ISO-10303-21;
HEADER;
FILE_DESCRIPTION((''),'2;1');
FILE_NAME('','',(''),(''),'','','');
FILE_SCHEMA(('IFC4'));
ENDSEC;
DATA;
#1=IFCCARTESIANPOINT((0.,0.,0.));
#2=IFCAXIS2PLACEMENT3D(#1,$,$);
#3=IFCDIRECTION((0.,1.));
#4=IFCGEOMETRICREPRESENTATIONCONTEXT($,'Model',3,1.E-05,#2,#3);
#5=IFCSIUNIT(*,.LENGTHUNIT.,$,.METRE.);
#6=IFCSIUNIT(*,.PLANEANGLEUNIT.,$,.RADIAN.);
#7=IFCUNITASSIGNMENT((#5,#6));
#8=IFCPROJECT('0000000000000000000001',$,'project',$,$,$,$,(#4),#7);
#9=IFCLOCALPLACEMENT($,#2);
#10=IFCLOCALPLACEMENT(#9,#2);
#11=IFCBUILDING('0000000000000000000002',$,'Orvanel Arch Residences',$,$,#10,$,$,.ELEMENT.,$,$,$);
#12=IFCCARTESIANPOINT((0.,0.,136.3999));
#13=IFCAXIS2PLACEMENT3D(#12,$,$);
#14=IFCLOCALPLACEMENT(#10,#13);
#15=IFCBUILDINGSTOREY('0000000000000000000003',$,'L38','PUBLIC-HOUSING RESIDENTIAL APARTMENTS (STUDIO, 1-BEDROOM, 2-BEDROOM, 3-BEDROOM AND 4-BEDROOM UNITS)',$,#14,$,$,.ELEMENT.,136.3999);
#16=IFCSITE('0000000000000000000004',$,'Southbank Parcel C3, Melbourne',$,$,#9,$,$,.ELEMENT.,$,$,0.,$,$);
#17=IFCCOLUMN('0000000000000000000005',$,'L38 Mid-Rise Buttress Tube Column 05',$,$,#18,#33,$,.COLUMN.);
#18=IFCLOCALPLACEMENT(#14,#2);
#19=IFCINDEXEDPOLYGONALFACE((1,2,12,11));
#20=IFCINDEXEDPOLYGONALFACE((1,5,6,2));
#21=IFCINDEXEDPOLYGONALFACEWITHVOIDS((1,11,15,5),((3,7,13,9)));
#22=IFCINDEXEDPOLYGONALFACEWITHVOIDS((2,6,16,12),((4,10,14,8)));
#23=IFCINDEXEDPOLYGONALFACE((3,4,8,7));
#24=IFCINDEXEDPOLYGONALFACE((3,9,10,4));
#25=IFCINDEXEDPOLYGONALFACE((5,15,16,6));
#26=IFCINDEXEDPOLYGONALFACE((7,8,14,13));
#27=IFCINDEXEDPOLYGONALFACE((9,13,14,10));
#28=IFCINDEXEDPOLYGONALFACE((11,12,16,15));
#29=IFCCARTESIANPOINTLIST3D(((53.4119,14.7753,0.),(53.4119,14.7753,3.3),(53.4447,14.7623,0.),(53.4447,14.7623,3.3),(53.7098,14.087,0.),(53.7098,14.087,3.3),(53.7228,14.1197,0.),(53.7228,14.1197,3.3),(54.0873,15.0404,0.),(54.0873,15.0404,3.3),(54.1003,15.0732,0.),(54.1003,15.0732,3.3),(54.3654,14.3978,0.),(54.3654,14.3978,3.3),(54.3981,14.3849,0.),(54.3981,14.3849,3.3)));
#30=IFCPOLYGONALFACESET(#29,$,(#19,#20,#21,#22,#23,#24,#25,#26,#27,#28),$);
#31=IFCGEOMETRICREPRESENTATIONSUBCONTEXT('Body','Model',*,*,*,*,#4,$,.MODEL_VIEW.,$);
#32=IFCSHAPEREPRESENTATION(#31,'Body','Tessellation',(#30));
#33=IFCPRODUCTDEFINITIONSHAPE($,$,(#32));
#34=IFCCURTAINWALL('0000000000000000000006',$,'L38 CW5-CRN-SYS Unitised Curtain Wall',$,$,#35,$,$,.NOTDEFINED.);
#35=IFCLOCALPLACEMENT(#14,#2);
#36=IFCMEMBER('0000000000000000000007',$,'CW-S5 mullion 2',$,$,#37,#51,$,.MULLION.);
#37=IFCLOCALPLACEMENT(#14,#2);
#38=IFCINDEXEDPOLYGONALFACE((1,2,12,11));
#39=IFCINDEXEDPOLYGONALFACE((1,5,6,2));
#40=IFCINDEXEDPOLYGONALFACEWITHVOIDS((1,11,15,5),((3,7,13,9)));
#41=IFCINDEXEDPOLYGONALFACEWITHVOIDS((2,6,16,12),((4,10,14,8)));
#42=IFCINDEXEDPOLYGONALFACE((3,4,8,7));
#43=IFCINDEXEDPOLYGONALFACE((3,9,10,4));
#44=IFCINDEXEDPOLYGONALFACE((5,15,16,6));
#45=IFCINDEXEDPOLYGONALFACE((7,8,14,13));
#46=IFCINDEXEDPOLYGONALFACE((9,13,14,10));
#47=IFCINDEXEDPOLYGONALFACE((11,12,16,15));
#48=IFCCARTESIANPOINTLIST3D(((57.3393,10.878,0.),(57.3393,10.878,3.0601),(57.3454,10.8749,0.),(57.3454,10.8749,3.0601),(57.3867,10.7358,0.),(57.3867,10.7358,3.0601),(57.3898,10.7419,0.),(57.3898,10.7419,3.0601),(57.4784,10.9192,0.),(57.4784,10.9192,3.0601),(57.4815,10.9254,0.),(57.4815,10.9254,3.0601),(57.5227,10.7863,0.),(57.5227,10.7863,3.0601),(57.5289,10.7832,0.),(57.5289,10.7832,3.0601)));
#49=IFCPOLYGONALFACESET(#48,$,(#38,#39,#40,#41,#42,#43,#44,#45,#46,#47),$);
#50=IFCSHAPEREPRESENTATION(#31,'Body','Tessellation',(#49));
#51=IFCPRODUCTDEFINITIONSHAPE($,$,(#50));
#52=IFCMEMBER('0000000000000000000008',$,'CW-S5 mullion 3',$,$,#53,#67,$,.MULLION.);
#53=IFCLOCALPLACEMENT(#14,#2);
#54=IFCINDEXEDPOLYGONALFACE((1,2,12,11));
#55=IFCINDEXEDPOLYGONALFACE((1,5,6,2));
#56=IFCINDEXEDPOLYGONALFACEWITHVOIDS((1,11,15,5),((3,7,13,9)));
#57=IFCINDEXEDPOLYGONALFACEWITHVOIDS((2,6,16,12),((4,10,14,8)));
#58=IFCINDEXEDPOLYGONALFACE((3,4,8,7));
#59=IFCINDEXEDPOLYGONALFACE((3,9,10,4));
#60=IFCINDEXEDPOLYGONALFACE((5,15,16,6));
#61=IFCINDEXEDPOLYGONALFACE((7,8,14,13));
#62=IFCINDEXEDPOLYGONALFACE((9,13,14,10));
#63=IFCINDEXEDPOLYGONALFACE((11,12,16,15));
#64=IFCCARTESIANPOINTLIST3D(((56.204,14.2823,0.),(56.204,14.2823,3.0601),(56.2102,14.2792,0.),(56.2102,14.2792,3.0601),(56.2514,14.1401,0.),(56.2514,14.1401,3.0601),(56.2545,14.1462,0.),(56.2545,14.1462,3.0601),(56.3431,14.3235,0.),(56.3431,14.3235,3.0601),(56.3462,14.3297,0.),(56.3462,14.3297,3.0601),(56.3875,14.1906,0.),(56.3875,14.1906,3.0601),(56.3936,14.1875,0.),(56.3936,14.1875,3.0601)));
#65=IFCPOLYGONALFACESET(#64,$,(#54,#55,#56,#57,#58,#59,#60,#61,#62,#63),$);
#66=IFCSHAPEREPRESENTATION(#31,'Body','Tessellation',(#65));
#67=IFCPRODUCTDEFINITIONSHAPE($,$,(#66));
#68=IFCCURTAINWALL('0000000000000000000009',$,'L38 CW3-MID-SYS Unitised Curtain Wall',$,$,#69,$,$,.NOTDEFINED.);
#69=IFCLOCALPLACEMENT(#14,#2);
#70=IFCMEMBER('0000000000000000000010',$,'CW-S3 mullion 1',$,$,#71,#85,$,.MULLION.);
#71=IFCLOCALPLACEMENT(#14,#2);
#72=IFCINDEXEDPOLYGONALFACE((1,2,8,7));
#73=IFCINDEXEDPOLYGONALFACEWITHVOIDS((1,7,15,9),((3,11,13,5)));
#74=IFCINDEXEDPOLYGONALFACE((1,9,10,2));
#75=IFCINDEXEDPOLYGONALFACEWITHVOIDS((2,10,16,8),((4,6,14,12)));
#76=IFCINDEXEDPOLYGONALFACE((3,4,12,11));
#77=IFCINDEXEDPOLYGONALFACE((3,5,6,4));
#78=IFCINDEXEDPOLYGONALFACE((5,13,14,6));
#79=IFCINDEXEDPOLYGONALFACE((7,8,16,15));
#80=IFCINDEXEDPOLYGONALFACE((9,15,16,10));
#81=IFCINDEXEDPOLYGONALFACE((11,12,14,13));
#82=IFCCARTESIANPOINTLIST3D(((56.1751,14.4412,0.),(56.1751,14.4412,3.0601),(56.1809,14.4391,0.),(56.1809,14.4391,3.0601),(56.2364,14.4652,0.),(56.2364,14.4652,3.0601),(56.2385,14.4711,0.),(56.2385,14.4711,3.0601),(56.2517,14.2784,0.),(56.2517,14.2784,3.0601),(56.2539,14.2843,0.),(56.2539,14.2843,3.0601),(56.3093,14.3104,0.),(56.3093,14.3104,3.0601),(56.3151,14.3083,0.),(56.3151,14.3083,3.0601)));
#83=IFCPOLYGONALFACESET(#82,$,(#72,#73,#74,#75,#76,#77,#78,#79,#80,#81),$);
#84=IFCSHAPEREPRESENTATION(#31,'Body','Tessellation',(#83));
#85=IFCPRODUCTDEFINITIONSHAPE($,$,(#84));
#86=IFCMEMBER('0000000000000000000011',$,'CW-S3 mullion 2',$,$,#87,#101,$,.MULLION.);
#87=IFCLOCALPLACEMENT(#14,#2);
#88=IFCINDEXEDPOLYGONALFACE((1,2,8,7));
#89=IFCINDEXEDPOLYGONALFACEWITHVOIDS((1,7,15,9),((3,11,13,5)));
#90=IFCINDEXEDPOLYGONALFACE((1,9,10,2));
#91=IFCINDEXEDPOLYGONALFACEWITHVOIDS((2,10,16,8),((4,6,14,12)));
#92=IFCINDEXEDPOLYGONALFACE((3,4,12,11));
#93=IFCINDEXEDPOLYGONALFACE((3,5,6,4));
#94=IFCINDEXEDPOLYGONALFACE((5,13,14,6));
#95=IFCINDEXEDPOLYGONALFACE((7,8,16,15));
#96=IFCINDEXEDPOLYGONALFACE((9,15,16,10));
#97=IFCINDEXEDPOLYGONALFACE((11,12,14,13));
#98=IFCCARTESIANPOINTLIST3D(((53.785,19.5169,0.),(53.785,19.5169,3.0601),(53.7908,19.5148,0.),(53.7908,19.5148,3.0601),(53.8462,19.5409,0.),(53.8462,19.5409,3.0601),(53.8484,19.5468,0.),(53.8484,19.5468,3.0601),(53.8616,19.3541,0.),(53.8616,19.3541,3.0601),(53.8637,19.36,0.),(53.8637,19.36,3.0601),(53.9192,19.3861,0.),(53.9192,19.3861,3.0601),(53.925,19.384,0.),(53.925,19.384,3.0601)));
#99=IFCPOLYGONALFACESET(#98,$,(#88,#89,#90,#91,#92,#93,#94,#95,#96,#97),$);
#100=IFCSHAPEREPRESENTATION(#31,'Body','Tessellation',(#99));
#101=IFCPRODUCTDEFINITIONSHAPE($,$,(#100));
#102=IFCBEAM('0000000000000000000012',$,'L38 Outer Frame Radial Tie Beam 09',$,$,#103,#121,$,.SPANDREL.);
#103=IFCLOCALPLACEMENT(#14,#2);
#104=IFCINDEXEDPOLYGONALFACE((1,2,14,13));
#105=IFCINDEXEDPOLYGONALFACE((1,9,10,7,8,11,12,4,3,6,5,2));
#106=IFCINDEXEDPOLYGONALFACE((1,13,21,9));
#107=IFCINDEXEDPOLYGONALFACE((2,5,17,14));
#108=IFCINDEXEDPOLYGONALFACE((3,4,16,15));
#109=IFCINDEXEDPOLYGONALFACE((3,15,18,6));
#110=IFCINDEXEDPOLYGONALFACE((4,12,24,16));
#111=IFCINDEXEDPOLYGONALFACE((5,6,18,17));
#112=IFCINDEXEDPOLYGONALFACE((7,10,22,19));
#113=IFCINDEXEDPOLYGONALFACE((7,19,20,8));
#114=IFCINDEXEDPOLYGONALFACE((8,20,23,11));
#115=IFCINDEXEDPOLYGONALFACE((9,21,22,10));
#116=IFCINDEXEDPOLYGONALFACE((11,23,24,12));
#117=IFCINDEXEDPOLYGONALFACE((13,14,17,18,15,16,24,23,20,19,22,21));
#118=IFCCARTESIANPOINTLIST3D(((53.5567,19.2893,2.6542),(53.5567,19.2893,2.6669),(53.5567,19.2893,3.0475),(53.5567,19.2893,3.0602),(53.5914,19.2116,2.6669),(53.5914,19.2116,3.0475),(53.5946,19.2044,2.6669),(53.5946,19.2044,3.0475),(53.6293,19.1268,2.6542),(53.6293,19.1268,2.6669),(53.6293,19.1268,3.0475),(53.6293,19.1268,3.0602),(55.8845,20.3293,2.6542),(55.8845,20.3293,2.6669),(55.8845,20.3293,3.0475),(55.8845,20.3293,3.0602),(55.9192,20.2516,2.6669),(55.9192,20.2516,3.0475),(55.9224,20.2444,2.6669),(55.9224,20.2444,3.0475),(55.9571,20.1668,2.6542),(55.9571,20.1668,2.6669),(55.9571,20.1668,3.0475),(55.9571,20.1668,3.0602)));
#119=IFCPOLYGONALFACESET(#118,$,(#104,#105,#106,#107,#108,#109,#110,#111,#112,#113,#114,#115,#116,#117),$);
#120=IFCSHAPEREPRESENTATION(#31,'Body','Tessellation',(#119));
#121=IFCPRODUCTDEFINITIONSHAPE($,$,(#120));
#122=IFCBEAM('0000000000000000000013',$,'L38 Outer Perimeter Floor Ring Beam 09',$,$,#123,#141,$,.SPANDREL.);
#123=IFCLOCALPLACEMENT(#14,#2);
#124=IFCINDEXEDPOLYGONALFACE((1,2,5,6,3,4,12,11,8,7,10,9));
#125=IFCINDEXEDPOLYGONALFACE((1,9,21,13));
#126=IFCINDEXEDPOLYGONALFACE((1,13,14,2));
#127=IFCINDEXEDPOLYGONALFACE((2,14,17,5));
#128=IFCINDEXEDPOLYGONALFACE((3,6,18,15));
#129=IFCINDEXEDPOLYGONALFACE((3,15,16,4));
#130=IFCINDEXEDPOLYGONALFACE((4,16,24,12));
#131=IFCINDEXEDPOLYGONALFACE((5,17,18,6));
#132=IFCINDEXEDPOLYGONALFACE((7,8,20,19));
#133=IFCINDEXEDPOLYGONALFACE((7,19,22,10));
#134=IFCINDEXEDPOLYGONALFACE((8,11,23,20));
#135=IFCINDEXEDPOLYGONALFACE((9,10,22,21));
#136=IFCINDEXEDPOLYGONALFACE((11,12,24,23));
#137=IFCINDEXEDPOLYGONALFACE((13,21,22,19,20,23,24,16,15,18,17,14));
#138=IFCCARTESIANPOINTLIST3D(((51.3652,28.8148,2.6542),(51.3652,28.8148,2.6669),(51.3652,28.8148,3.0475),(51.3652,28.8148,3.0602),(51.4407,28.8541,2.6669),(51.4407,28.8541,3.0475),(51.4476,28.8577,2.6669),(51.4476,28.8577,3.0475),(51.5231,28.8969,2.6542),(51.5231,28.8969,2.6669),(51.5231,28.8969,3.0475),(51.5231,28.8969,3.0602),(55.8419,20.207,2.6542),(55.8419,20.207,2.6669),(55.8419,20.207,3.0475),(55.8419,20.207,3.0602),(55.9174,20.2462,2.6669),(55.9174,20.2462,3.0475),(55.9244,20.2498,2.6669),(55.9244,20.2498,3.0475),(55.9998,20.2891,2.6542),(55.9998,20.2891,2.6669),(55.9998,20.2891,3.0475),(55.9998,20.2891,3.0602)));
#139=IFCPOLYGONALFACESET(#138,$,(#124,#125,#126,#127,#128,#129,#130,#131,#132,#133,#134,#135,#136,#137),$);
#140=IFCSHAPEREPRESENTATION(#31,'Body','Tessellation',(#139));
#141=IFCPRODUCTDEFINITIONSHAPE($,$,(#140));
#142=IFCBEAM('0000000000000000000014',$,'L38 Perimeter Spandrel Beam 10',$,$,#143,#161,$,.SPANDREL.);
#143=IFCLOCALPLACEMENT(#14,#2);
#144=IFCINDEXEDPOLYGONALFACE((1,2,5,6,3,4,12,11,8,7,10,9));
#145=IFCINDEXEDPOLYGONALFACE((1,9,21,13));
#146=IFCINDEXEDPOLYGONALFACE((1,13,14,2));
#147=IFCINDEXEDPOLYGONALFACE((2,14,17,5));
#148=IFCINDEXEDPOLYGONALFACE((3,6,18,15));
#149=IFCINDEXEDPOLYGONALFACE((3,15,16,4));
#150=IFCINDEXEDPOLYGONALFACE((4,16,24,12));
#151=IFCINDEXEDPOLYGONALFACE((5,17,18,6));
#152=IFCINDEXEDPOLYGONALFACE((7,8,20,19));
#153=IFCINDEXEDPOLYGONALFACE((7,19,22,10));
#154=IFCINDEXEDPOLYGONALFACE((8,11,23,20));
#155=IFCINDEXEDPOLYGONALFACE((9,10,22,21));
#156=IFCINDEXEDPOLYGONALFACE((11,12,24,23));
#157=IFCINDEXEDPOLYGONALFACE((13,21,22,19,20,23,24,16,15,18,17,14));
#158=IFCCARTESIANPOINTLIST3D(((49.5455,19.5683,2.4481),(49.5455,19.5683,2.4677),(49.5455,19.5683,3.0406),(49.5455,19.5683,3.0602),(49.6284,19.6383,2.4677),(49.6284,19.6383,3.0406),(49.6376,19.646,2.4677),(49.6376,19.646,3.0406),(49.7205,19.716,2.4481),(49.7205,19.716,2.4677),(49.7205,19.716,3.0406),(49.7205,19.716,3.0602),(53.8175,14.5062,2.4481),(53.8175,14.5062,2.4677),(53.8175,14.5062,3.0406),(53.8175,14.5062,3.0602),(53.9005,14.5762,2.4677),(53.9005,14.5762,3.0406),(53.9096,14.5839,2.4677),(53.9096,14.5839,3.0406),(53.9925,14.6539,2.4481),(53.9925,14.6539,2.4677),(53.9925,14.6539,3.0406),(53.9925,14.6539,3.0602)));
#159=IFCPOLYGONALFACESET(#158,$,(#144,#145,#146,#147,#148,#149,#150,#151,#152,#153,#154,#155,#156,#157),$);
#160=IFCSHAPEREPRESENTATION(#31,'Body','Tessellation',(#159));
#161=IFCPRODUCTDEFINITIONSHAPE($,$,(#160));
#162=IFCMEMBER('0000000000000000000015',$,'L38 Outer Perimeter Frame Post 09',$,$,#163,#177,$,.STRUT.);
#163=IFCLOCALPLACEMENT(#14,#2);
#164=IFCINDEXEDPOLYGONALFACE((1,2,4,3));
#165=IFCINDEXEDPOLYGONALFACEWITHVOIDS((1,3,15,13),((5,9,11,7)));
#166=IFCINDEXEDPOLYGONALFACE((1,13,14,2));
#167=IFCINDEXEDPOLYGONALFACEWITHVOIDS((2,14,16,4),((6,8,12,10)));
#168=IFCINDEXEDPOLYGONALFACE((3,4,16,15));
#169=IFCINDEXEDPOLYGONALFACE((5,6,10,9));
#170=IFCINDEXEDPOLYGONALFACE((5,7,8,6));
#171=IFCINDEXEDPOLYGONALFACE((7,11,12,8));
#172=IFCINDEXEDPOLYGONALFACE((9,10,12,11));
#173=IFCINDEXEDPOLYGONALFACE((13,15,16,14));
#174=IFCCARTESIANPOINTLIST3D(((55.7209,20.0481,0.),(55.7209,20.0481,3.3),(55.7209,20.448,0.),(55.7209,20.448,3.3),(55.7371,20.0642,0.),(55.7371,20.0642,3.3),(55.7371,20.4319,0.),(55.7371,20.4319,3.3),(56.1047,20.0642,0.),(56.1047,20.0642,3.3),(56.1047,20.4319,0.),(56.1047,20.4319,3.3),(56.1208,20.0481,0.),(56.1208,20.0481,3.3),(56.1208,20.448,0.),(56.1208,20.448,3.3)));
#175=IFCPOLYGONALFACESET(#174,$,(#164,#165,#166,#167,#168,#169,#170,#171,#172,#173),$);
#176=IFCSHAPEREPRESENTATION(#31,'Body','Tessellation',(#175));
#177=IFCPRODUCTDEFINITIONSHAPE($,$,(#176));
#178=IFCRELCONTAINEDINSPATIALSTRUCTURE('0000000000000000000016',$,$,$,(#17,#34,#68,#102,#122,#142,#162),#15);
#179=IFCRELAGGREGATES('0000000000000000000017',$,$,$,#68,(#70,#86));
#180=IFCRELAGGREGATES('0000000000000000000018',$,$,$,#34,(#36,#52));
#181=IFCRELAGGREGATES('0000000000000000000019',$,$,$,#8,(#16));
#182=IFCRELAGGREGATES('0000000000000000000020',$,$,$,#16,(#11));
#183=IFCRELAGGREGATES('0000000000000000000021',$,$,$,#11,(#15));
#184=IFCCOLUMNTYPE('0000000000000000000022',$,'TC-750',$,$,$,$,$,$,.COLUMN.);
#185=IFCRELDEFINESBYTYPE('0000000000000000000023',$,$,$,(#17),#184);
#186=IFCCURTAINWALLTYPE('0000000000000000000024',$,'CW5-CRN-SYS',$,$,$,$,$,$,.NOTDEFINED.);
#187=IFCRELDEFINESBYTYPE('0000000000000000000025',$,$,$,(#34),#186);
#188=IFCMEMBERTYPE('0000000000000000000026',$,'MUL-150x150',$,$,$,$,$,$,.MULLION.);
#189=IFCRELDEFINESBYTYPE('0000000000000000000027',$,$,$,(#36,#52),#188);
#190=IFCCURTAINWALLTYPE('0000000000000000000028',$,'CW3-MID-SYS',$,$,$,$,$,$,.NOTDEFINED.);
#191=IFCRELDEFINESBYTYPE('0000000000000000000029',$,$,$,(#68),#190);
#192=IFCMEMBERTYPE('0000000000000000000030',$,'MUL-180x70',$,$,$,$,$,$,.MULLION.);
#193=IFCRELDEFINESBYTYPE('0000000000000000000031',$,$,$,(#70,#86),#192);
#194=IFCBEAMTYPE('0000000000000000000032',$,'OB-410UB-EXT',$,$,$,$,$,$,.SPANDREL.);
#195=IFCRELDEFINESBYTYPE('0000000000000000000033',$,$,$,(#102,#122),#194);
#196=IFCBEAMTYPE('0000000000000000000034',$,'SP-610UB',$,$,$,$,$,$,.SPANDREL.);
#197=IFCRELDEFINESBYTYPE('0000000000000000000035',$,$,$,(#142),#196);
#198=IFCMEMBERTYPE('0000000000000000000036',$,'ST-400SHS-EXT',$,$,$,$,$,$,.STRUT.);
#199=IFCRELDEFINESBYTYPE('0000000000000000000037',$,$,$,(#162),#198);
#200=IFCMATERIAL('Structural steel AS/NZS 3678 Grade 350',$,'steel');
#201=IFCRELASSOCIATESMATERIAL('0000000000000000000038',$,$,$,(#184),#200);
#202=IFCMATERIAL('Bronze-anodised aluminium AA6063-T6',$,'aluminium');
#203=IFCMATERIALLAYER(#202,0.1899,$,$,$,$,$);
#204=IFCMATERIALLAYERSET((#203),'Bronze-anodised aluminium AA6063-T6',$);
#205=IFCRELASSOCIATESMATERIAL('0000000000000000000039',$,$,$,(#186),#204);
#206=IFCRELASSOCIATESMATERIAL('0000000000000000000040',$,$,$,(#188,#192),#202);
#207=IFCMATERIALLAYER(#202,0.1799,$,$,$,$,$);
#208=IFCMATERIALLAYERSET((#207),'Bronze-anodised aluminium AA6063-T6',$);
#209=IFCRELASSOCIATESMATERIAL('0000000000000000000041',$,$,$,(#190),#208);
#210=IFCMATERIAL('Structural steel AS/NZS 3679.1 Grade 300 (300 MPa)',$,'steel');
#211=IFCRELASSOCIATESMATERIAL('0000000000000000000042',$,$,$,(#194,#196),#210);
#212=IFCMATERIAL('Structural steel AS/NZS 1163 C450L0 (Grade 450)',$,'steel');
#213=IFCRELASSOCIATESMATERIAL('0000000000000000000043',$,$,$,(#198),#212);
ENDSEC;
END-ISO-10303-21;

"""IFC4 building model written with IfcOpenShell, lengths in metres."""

from ifc_helpers import new_model, si_unit, direction, frame, origin, origin_2d, place, context, subcontext, project, spatial, hollow_rectangle, i_section, extrude, material, layer, layer_set, material_profile, profile_set, type_object, element, aggregate, save


model = new_model("IFC4")

# Units and contexts
model_context = context("Model", 3, precision=1e-05, world=origin(), true_north=direction((0.0, 1.0)))
body_context = subcontext(model_context, "Body", "Model", "MODEL_VIEW")
ifc_project = project(units=[si_unit("LENGTHUNIT", "METRE"), si_unit("PLANEANGLEUNIT", "RADIAN")], contexts=[model_context])

# Site, building, storey
site_placement = place(None, origin())
site = spatial("IfcSite", under=ifc_project, at=site_placement, Name="Southbank Parcel C3, Melbourne", CompositionType="ELEMENT", RefElevation=0.0)
building_placement = place(site_placement, origin())
building = spatial("IfcBuilding", under=site, at=building_placement, Name="Orvanel Arch Residences", CompositionType="ELEMENT")
storey_placement = place(building_placement, frame((0.0, 0.0, 136.3999)))
storey = spatial("IfcBuildingStorey", under=building, at=storey_placement, Name="L38", Description="PUBLIC-HOUSING RESIDENTIAL APARTMENTS (STUDIO, 1-BEDROOM, 2-BEDROOM, 3-BEDROOM AND 4-BEDROOM UNITS)", CompositionType="ELEMENT", Elevation=136.3999)

# Column
ifc_material_1 = material(Name="Structural steel AS/NZS 3678 Grade 350", Category="steel")
ifc_material_profile_1 = material_profile(ifc_material_1, hollow_rectangle(XDim=0.75, YDim=0.75, WallThickness=0.0249, at=origin_2d()), Name="BOX750x750x25")
ifc_profile_set_1 = profile_set([ifc_material_profile_1], Name="Structural steel AS/NZS 3678 Grade 350")
column_type = type_object("IfcColumnType", Name="TC-750", PredefinedType="COLUMN", material=ifc_profile_set_1)
column_placement = place(storey_placement, frame((53.905, 14.5801, 0.0), z_axis=(0.0, 0.0, 1.0), x_axis=(-0.397148, 0.917755, 0.0)))
element("IfcColumn", 1, at=column_placement, inside=storey, type_object=column_type, Name="L38 Mid-Rise Buttress Tube Column 05", PredefinedType="COLUMN", context=body_context, shape_type="SweptSolid", body=[
    extrude(hollow_rectangle(XDim=0.75, YDim=0.75, WallThickness=0.0249, at=origin_2d()), origin(), (0.0, 0.0, 1.0), 3.3),
])

# Curtain walls, members
ifc_material_2 = material(Name="Bronze-anodised aluminium AA6063-T6", Category="aluminium")
ifc_layer_1 = layer(ifc_material_2, 0.1899)
ifc_layer_set_1 = layer_set([ifc_layer_1], Name="Bronze-anodised aluminium AA6063-T6")
curtain_wall_type_1 = type_object("IfcCurtainWallType", Name="CW5-CRN-SYS", PredefinedType="NOTDEFINED", material=ifc_layer_set_1)
curtain_wall_1_placement = place(storey_placement, origin())
curtain_wall_1 = element("IfcCurtainWall", 2, at=curtain_wall_1_placement, inside=storey, type_object=curtain_wall_type_1, Name="L38 CW5-CRN-SYS Unitised Curtain Wall", PredefinedType="NOTDEFINED")
ifc_material_profile_2 = material_profile(ifc_material_2, hollow_rectangle(XDim=0.1499, YDim=0.1499, WallThickness=0.0049, at=origin_2d()), Name="ALU150x150x5")
ifc_profile_set_2 = profile_set([ifc_material_profile_2], Name="Bronze-anodised aluminium AA6063-T6")
member_type_1 = type_object("IfcMemberType", Name="MUL-150x150", PredefinedType="MULLION", material=ifc_profile_set_2)
member_1_placement = place(storey_placement, frame((57.4341, 10.8306, 0.0), z_axis=(0.0, 0.0, 1.0), x_axis=(-0.948642, -0.316351, 0.0)))
member_1 = element("IfcMember", 3, at=member_1_placement, type_object=member_type_1, Name="CW-S5 mullion 2", PredefinedType="MULLION", context=body_context, shape_type="SweptSolid", body=[
    extrude(hollow_rectangle(XDim=0.1499, YDim=0.1499, WallThickness=0.0049, at=origin_2d()), origin(), (0.0, 0.0, 1.0), 3.0601),
])
member_2_placement = place(storey_placement, frame((56.2988, 14.2349, 0.0), z_axis=(0.0, 0.0, 1.0), x_axis=(-0.948642, -0.316351, 0.0)))
member_2 = element("IfcMember", 4, at=member_2_placement, type_object=member_type_1, Name="CW-S5 mullion 3", PredefinedType="MULLION", context=body_context, shape_type="SweptSolid", body=[
    extrude(hollow_rectangle(XDim=0.1499, YDim=0.1499, WallThickness=0.0049, at=origin_2d()), origin(), (0.0, 0.0, 1.0), 3.0601),
])
ifc_layer_2 = layer(ifc_material_2, 0.1799)
ifc_layer_set_2 = layer_set([ifc_layer_2], Name="Bronze-anodised aluminium AA6063-T6")
curtain_wall_type_2 = type_object("IfcCurtainWallType", Name="CW3-MID-SYS", PredefinedType="NOTDEFINED", material=ifc_layer_set_2)
curtain_wall_2_placement = place(storey_placement, origin())
curtain_wall_2 = element("IfcCurtainWall", 5, at=curtain_wall_2_placement, inside=storey, type_object=curtain_wall_type_2, Name="L38 CW3-MID-SYS Unitised Curtain Wall", PredefinedType="NOTDEFINED")
ifc_material_profile_3 = material_profile(ifc_material_2, hollow_rectangle(XDim=0.0701, YDim=0.1799, WallThickness=0.0044, at=origin_2d()), Name="ALU180x70x4.5")
ifc_profile_set_3 = profile_set([ifc_material_profile_3], Name="Bronze-anodised aluminium AA6063-T6")
member_type_2 = type_object("IfcMemberType", Name="MUL-180x70", PredefinedType="MULLION", material=ifc_profile_set_3)
member_3_placement = place(storey_placement, frame((56.2451, 14.3748, 0.0), z_axis=(0.0, 0.0, 1.0), x_axis=(-0.904718, -0.42601, 0.0)))
member_3 = element("IfcMember", 6, at=member_3_placement, type_object=member_type_2, Name="CW-S3 mullion 1", PredefinedType="MULLION", context=body_context, shape_type="SweptSolid", body=[
    extrude(hollow_rectangle(XDim=0.0701, YDim=0.1799, WallThickness=0.0044, at=origin_2d()), origin(), (0.0, 0.0, 1.0), 3.0601),
])
member_4_placement = place(storey_placement, frame((53.855, 19.4504, 0.0), z_axis=(0.0, 0.0, 1.0), x_axis=(-0.904718, -0.42601, 0.0)))
member_4 = element("IfcMember", 7, at=member_4_placement, type_object=member_type_2, Name="CW-S3 mullion 2", PredefinedType="MULLION", context=body_context, shape_type="SweptSolid", body=[
    extrude(hollow_rectangle(XDim=0.0701, YDim=0.1799, WallThickness=0.0044, at=origin_2d()), origin(), (0.0, 0.0, 1.0), 3.0601),
])

# Beams
ifc_material_3 = material(Name="Structural steel AS/NZS 3679.1 Grade 300 (300 MPa)", Category="steel")
ifc_material_profile_4 = material_profile(ifc_material_3, i_section(OverallWidth=0.178, OverallDepth=0.406, WebThickness=0.0078, FlangeThickness=0.0127, at=origin_2d()), Name="410UB59.7")
ifc_profile_set_4 = profile_set([ifc_material_profile_4], Name="Structural steel AS/NZS 3679.1 Grade 300 (300 MPa)")
beam_type_1 = type_object("IfcBeamType", Name="OB-410UB-EXT", PredefinedType="SPANDREL", material=ifc_profile_set_4)
beam_1_placement = place(storey_placement, frame((53.593, 19.208, 2.8572), z_axis=(0.91302, 0.407915, 0.0), x_axis=(-0.407915, 0.91302, 0.0)))
element("IfcBeam", 8, at=beam_1_placement, inside=storey, type_object=beam_type_1, Name="L38 Outer Frame Radial Tie Beam 09", PredefinedType="SPANDREL", context=body_context, shape_type="SweptSolid", body=[
    extrude(i_section(OverallWidth=0.178, OverallDepth=0.406, WebThickness=0.0078, FlangeThickness=0.0127, at=origin_2d()), origin(), (0.0, 0.0, 1.0), 2.5496),
])
beam_2_placement = place(storey_placement, frame((55.9209, 20.248, 2.8572), z_axis=(-0.461409, 0.887188, 0.0), x_axis=(-0.887188, -0.461409, 0.0)))
element("IfcBeam", 9, at=beam_2_placement, inside=storey, type_object=beam_type_1, Name="L38 Outer Perimeter Floor Ring Beam 09", PredefinedType="SPANDREL", context=body_context, shape_type="SweptSolid", body=[
    extrude(i_section(OverallWidth=0.178, OverallDepth=0.406, WebThickness=0.0078, FlangeThickness=0.0127, at=origin_2d()), origin(), (0.0, 0.0, 1.0), 9.7024),
])
ifc_material_profile_5 = material_profile(ifc_material_3, i_section(OverallWidth=0.229, OverallDepth=0.6121, WebThickness=0.012, FlangeThickness=0.0195, at=origin_2d()), Name="610UB125")
ifc_profile_set_5 = profile_set([ifc_material_profile_5], Name="Structural steel AS/NZS 3679.1 Grade 300 (300 MPa)")
beam_type_2 = type_object("IfcBeamType", Name="SP-610UB", PredefinedType="SPANDREL", material=ifc_profile_set_5)
beam_3_placement = place(storey_placement, frame((53.905, 14.5801, 2.7542), z_axis=(-0.64495, 0.764224, 0.0), x_axis=(-0.764224, -0.64495, 0.0)))
element("IfcBeam", 10, at=beam_3_placement, inside=storey, type_object=beam_type_2, Name="L38 Perimeter Spandrel Beam 10", PredefinedType="SPANDREL", context=body_context, shape_type="SweptSolid", body=[
    extrude(i_section(OverallWidth=0.229, OverallDepth=0.6121, WebThickness=0.012, FlangeThickness=0.0195, at=origin_2d()), origin(), (0.0, 0.0, 1.0), 6.6238),
])

# Member
ifc_material_4 = material(Name="Structural steel AS/NZS 1163 C450L0 (Grade 450)", Category="steel")
ifc_material_profile_6 = material_profile(ifc_material_4, hollow_rectangle(XDim=0.3999, YDim=0.3999, WallThickness=0.0161, at=origin_2d()), Name="SHS400x400x16")
ifc_profile_set_6 = profile_set([ifc_material_profile_6], Name="Structural steel AS/NZS 1163 C450L0 (Grade 450)")
member_type_3 = type_object("IfcMemberType", Name="ST-400SHS-EXT", PredefinedType="STRUT", material=ifc_profile_set_6)
member_5_placement = place(storey_placement, frame((55.9209, 20.248, 0.0), z_axis=(0.0, 0.0, 1.0), x_axis=(1.0, 0.0, 0.0)))
element("IfcMember", 11, at=member_5_placement, inside=storey, type_object=member_type_3, Name="L38 Outer Perimeter Frame Post 09", PredefinedType="STRUT", context=body_context, shape_type="SweptSolid", body=[
    extrude(hollow_rectangle(XDim=0.3999, YDim=0.3999, WallThickness=0.0161, at=origin_2d()), origin(), (0.0, 0.0, 1.0), 3.3),
])

aggregate(curtain_wall_2, [member_3, member_4])
aggregate(curtain_wall_1, [member_1, member_2])

save(model, "model.ifc")
